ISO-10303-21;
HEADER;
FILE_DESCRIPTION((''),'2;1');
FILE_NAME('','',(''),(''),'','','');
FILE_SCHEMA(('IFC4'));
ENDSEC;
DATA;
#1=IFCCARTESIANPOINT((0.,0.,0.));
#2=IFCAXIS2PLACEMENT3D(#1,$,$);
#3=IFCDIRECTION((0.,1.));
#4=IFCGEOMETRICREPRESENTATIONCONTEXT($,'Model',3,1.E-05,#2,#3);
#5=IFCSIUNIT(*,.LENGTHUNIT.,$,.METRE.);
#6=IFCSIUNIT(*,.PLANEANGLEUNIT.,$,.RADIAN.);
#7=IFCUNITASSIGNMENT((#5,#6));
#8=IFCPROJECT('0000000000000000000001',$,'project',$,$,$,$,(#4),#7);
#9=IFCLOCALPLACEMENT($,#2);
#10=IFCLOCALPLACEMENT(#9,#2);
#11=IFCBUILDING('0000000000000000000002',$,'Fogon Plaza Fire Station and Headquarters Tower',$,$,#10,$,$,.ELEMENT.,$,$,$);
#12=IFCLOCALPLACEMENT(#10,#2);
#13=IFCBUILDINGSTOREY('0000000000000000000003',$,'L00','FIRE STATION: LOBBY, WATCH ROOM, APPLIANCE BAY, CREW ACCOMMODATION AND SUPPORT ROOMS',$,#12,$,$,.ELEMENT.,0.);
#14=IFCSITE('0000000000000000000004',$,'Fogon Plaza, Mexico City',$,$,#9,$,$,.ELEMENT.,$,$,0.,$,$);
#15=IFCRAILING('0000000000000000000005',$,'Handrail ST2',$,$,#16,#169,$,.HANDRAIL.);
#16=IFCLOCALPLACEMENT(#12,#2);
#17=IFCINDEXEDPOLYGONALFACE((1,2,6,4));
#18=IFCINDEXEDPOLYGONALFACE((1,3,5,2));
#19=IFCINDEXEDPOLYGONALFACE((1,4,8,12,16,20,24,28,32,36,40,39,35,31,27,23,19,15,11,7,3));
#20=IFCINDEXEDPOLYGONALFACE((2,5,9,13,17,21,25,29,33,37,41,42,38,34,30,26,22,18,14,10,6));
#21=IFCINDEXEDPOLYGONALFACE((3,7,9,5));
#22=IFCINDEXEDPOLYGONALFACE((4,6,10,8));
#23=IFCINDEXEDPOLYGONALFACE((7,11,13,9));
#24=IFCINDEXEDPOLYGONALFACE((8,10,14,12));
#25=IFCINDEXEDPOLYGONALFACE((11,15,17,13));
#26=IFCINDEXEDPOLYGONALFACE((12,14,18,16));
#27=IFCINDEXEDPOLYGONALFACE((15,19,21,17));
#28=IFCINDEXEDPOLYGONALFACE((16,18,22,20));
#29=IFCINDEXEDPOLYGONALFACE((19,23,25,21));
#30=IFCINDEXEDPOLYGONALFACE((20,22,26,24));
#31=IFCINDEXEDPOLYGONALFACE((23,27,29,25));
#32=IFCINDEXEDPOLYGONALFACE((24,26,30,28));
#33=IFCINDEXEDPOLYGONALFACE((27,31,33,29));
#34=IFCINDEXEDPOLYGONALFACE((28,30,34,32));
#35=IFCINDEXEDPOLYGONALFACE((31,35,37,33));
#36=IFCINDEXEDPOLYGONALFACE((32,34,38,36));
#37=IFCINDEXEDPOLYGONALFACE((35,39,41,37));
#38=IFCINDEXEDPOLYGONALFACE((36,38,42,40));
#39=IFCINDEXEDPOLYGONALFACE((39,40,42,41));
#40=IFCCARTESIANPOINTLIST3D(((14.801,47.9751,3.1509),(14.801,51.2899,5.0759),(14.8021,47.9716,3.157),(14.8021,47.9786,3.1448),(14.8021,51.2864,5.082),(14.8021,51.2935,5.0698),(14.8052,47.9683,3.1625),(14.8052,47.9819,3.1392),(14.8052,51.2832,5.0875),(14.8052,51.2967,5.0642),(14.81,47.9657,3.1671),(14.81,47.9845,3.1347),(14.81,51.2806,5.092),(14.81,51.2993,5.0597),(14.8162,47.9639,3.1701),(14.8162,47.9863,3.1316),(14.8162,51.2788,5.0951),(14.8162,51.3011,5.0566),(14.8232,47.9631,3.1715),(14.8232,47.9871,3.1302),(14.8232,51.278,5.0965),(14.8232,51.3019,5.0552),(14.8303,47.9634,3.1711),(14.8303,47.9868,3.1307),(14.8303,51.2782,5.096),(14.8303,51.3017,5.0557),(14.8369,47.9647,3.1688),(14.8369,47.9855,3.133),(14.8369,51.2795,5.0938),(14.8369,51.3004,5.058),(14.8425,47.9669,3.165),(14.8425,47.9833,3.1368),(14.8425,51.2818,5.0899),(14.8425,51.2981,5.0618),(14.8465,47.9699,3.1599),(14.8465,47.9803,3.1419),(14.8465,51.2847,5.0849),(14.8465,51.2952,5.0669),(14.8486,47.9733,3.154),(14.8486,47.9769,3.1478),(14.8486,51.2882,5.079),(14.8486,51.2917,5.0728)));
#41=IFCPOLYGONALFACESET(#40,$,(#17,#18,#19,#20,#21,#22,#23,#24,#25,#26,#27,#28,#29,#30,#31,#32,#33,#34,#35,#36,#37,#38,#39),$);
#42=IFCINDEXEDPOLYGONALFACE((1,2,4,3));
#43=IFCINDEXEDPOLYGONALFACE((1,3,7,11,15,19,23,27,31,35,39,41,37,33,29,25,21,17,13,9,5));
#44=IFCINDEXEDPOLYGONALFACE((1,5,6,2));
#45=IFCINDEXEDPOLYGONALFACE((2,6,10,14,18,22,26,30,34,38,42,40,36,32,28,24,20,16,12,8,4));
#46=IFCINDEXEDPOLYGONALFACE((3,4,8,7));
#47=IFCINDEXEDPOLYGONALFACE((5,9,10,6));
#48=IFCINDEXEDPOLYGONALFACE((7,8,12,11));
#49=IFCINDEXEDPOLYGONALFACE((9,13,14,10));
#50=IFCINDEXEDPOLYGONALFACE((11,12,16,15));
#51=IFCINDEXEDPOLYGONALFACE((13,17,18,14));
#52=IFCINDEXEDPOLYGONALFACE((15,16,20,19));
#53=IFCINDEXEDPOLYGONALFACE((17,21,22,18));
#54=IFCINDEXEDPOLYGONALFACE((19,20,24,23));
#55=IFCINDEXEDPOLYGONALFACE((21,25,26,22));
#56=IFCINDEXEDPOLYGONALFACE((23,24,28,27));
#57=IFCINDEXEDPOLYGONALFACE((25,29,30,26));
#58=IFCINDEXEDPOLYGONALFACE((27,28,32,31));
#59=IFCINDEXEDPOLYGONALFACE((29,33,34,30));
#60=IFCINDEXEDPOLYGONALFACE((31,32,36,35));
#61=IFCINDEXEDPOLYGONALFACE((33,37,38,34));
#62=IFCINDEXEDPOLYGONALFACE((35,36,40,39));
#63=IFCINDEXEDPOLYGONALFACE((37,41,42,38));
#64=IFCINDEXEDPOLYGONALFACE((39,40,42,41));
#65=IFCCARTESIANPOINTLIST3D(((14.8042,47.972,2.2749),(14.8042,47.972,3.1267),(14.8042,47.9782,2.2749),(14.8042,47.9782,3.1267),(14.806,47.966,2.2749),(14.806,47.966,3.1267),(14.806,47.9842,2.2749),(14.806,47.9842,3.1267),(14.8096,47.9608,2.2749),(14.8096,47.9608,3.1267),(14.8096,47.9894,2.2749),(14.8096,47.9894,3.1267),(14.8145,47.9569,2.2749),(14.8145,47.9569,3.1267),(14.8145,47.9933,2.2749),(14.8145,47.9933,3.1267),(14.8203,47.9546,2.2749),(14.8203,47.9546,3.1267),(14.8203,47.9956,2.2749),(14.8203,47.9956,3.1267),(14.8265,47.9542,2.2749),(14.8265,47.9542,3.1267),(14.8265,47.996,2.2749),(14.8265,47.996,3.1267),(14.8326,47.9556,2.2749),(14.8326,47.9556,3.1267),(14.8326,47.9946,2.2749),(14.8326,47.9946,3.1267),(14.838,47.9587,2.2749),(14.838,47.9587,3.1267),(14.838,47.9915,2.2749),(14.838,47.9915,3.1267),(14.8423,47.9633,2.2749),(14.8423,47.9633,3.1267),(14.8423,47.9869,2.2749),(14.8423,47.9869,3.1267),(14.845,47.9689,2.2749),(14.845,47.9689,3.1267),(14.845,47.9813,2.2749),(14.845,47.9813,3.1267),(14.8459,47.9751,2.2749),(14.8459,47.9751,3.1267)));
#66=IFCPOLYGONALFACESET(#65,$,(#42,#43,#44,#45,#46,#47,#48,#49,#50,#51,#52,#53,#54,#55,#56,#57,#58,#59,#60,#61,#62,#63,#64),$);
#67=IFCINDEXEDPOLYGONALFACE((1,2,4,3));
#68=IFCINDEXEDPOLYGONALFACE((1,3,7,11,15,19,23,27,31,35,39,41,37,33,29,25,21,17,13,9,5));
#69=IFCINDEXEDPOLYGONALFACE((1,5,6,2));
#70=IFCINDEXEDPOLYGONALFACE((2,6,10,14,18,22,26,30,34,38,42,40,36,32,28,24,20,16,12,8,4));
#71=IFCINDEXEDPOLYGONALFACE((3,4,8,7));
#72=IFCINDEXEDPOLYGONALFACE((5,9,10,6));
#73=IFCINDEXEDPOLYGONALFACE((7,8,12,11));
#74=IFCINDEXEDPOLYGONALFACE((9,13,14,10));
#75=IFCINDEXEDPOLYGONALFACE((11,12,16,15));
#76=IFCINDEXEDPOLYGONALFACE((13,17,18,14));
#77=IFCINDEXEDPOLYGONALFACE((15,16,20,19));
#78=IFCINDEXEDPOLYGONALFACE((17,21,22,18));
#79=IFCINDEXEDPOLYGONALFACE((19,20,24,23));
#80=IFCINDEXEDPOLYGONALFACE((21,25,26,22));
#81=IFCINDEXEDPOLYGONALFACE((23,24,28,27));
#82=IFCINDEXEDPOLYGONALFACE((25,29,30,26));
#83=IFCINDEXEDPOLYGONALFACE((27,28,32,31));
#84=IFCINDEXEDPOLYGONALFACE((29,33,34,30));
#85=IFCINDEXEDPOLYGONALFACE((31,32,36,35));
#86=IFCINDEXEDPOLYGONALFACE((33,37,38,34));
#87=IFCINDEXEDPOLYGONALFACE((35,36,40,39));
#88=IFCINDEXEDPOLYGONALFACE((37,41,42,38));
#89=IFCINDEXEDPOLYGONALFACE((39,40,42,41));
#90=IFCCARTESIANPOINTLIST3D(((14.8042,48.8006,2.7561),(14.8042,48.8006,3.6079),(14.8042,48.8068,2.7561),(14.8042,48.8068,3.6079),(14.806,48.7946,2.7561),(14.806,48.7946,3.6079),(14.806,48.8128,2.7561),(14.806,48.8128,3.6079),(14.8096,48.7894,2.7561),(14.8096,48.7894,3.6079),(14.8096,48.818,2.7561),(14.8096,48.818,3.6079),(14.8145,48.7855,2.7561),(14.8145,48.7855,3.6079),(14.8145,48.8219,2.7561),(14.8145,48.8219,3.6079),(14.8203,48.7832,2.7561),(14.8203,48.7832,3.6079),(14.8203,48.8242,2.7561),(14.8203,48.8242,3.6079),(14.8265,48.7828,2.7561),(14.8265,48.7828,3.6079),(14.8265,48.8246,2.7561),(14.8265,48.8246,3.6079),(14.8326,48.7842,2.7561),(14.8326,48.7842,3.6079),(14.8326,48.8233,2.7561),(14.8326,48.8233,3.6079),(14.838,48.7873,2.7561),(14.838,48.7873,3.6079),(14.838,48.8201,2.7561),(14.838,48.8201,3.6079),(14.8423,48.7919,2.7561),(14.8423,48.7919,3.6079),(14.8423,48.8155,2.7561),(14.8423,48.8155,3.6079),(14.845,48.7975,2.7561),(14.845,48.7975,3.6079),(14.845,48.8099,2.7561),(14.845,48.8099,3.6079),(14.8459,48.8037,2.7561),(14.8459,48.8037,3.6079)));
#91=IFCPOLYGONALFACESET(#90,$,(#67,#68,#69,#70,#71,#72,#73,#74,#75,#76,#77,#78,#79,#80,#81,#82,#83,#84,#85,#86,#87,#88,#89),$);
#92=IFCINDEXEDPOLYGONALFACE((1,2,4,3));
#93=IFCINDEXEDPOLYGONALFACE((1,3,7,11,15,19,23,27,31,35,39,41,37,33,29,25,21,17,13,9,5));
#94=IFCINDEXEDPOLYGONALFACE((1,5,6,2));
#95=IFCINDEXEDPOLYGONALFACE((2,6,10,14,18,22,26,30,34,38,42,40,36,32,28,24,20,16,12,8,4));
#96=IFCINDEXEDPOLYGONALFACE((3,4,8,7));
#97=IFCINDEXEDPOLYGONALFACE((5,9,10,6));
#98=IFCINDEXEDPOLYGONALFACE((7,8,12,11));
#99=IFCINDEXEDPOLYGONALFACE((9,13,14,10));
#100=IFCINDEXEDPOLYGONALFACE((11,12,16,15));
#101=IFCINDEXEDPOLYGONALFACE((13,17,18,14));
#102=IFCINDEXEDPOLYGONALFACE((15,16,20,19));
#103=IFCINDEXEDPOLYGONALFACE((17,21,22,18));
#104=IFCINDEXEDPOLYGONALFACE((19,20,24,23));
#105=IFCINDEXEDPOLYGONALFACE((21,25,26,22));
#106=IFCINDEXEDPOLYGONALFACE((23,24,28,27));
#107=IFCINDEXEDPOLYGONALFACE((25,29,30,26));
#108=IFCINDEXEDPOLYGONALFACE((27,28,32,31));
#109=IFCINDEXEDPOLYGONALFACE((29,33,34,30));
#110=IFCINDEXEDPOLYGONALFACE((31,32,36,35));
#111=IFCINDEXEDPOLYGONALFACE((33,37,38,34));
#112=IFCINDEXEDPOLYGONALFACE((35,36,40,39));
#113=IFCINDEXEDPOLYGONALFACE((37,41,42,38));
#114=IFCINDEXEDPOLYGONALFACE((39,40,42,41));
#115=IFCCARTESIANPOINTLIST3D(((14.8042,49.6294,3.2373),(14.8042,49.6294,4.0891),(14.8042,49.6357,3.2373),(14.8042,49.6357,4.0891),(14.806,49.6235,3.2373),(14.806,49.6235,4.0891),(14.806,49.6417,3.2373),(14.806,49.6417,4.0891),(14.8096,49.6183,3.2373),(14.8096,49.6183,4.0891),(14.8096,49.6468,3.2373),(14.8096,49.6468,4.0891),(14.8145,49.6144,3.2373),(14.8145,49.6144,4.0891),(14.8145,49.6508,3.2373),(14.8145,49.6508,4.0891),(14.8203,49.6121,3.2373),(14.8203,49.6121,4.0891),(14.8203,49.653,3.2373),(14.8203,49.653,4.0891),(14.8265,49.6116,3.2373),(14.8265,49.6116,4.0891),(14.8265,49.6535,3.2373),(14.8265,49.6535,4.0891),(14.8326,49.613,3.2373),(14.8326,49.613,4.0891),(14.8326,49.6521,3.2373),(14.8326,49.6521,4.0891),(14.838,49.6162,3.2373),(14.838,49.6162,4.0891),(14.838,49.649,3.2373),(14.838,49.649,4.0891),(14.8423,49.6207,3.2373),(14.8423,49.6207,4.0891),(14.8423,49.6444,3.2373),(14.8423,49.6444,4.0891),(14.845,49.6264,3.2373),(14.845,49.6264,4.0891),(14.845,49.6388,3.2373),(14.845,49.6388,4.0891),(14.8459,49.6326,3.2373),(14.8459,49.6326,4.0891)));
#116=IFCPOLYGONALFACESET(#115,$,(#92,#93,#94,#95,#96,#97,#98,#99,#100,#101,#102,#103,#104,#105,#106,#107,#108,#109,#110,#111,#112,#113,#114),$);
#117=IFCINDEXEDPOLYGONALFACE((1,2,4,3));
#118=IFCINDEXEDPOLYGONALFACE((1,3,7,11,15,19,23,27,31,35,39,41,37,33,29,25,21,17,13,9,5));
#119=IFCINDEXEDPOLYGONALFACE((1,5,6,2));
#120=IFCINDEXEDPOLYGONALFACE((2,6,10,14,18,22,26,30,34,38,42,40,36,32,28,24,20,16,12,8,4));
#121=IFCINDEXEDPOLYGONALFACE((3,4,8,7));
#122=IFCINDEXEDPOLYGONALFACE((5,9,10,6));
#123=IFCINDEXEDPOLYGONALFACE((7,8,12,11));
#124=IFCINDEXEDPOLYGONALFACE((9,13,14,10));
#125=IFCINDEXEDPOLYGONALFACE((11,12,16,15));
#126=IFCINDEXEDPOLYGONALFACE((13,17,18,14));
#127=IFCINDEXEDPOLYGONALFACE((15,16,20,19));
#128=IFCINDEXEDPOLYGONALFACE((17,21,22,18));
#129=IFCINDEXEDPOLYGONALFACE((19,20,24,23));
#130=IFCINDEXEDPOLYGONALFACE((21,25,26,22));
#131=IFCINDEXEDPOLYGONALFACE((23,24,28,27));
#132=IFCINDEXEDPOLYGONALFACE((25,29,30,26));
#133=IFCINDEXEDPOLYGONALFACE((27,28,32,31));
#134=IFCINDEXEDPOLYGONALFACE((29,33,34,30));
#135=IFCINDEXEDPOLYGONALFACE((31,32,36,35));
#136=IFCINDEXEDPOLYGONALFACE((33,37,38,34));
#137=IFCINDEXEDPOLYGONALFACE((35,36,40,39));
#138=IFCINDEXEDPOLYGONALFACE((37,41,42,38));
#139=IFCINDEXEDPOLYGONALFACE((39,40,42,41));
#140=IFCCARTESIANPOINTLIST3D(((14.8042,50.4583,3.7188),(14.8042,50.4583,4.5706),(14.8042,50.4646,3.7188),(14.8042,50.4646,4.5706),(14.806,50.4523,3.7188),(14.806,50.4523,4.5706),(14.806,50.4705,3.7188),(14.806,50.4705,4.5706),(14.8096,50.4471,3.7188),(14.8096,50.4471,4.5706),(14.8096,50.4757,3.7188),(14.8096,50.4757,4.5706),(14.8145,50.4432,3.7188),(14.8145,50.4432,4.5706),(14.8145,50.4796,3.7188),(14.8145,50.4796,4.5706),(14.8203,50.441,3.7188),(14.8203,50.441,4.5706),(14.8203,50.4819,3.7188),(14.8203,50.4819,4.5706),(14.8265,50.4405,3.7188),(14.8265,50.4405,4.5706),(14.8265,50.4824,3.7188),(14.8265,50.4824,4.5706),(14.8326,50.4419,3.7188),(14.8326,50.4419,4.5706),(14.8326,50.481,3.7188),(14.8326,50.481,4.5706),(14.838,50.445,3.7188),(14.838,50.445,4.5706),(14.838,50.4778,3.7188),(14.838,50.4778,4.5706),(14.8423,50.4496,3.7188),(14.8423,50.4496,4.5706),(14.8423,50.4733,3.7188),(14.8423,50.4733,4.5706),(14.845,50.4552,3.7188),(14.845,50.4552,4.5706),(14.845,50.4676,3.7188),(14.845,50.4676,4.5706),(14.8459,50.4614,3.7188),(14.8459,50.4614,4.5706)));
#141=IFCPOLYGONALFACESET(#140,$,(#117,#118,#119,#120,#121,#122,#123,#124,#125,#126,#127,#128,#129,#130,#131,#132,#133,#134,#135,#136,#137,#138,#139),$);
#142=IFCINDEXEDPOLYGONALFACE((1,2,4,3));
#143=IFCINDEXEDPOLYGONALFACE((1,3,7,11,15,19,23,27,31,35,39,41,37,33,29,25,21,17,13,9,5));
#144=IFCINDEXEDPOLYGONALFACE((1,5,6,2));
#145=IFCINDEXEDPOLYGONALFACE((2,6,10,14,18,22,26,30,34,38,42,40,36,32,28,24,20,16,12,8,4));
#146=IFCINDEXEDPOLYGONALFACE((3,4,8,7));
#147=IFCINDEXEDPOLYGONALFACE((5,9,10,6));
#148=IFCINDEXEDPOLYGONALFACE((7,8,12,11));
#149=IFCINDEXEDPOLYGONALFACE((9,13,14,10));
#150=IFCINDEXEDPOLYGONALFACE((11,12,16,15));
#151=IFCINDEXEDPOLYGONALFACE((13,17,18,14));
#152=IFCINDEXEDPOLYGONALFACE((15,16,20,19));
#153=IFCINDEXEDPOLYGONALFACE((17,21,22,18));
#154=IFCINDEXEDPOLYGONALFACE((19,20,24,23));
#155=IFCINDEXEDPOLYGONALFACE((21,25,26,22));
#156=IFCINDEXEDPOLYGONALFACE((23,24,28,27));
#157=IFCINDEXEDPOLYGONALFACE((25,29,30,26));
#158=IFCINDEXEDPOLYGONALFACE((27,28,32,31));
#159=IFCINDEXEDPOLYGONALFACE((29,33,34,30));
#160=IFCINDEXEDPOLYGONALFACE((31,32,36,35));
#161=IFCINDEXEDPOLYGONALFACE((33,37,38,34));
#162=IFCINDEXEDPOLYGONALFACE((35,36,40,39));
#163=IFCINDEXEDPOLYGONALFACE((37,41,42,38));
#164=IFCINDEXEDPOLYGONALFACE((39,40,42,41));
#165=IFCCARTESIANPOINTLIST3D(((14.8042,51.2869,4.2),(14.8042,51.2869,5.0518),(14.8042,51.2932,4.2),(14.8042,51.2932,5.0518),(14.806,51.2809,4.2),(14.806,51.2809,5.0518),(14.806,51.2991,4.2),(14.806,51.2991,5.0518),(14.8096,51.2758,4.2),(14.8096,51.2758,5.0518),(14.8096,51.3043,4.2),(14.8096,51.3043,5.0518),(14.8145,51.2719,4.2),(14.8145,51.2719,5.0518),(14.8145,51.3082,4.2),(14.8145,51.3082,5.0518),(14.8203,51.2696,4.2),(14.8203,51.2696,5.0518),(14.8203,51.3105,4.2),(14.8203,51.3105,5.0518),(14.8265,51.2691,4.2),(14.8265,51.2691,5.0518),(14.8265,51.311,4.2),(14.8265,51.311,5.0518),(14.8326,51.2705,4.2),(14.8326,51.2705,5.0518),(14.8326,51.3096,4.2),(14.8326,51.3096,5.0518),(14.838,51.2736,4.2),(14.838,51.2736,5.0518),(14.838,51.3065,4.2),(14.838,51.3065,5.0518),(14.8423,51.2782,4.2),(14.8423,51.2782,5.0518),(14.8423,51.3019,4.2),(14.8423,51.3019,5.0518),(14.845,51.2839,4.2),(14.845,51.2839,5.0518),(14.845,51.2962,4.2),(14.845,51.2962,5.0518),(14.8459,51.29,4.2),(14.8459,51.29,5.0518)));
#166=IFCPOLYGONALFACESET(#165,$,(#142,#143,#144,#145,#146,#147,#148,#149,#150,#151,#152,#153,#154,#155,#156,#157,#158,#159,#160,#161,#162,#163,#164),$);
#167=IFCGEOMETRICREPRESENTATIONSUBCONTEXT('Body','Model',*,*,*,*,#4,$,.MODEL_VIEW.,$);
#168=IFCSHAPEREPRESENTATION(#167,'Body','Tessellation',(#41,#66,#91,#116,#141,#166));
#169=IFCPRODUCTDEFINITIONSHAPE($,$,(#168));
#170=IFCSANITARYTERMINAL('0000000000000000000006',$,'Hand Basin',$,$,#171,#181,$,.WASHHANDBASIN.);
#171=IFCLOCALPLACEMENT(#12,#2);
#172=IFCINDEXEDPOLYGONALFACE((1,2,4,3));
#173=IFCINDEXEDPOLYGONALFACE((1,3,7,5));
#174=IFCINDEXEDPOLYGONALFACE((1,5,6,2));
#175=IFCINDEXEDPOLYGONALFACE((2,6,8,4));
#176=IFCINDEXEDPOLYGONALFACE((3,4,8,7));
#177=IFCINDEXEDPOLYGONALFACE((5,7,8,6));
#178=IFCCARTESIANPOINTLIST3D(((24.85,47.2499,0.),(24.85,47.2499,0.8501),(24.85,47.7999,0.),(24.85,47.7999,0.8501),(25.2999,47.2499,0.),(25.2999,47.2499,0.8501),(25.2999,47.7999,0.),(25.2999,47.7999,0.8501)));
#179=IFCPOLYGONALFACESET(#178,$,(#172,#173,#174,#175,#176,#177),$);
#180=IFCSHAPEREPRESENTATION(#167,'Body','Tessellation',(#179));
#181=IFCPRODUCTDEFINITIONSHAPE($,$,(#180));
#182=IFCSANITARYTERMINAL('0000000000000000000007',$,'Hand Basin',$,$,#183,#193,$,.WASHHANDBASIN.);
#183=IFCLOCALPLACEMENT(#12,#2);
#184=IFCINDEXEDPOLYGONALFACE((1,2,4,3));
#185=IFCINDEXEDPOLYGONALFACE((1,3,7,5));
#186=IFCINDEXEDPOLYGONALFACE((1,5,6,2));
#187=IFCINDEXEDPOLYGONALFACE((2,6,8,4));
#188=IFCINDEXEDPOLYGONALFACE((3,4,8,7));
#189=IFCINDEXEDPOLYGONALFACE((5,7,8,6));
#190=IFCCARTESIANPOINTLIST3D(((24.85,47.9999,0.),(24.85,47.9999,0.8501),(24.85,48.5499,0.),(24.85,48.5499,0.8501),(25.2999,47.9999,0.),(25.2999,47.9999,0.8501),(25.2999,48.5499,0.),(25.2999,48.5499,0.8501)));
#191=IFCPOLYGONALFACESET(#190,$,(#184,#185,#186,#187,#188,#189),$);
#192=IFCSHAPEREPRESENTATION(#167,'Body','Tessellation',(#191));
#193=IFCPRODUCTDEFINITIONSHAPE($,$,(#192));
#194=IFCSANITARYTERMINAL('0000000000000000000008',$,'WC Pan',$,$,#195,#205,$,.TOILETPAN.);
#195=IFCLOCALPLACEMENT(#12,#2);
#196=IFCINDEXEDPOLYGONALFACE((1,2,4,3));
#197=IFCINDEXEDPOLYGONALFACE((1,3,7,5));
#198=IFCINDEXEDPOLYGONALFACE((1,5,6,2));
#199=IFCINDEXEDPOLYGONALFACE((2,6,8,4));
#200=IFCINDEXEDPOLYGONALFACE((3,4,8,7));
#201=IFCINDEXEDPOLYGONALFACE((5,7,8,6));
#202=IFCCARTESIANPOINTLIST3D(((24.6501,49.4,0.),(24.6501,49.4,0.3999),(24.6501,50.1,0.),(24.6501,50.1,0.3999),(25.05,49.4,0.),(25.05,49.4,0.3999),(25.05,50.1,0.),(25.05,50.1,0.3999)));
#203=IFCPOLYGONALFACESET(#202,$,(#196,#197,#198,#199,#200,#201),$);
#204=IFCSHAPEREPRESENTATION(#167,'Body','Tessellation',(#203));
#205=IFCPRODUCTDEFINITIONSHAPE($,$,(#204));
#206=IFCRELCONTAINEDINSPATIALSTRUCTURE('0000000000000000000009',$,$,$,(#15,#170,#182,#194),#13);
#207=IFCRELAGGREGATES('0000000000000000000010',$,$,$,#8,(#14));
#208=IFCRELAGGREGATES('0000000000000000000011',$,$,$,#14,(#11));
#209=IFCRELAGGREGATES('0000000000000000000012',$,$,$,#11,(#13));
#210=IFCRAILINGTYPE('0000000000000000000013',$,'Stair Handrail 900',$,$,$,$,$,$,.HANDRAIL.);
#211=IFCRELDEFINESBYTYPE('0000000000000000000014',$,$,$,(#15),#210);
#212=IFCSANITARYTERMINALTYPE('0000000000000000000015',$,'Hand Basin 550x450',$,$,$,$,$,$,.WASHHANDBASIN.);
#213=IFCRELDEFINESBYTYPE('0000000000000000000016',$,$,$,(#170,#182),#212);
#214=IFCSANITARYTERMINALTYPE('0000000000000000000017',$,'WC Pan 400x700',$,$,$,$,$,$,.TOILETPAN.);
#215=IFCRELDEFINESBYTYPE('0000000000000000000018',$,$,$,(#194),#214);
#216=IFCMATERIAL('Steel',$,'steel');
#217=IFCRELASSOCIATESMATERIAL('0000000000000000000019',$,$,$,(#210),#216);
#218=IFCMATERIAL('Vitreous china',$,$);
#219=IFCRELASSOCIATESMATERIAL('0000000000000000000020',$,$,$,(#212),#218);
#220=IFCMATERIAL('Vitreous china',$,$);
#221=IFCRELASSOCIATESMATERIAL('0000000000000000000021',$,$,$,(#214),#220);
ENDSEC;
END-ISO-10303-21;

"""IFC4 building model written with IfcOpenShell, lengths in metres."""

from ifc_helpers import new_model, si_unit, direction, frame, origin, origin_2d, place, context, subcontext, project, spatial, rectangle, circle, extrude, material, type_object, element, save


model = new_model("IFC4")

# Units and contexts
model_context = context("Model", 3, precision=1e-05, world=origin(), true_north=direction((0.0, 1.0)))
body_context = subcontext(model_context, "Body", "Model", "MODEL_VIEW")
ifc_project = project(units=[si_unit("LENGTHUNIT", "METRE"), si_unit("PLANEANGLEUNIT", "RADIAN")], contexts=[model_context])

# Site, building, storey
site_placement = place(None, origin())
site = spatial("IfcSite", under=ifc_project, at=site_placement, Name="Fogon Plaza, Mexico City", CompositionType="ELEMENT", RefElevation=0.0)
building_placement = place(site_placement, origin())
building = spatial("IfcBuilding", under=site, at=building_placement, Name="Fogon Plaza Fire Station and Headquarters Tower", CompositionType="ELEMENT")
storey_placement = place(building_placement, origin())
storey = spatial("IfcBuildingStorey", under=building, at=storey_placement, Name="L00", Description="FIRE STATION: LOBBY, WATCH ROOM, APPLIANCE BAY, CREW ACCOMMODATION AND SUPPORT ROOMS", CompositionType="ELEMENT", Elevation=0.0)

# Railing
ifc_material_1 = material(Name="Steel", Category="steel")
railing_type = type_object("IfcRailingType", Name="Stair Handrail 900", PredefinedType="HANDRAIL", material=ifc_material_1)
for number, where, name in (
    (1, (14.825, 47.9751, 2.2749), "Handrail ST2"),
):
    element("IfcRailing", number, at=place(storey_placement, frame(where)), inside=storey, type_object=railing_type, Name=name, PredefinedType="HANDRAIL", context=body_context, shape_type="SweptSolid", body=[
        extrude(circle(Radius=0.0239, at=origin_2d()), frame((0.0, 0.0, 0.876), z_axis=(0.0, 0.864761, 0.502183), x_axis=(-1.0, 0.0, 0.0)), (0.0, 0.0, 1.0), 3.8333),
        extrude(circle(Radius=0.021, at=origin_2d()), origin(), (0.0, 0.0, 1.0), 0.8518),
        extrude(circle(Radius=0.021, at=origin_2d()), frame((0.0, 0.8286, 0.4812)), (0.0, 0.0, 1.0), 0.8518),
        extrude(circle(Radius=0.021, at=origin_2d()), frame((0.0, 1.6575, 0.9624)), (0.0, 0.0, 1.0), 0.8518),
        extrude(circle(Radius=0.021, at=origin_2d()), frame((0.0, 2.4863, 1.4438)), (0.0, 0.0, 1.0), 0.8518),
        extrude(circle(Radius=0.021, at=origin_2d()), frame((0.0, 3.3149, 1.925)), (0.0, 0.0, 1.0), 0.8518),
    ])

# Sanitary terminals
ifc_material_2 = material(Name="Vitreous china")
sanitary_terminal_type_1 = type_object("IfcSanitaryTerminalType", Name="Hand Basin 550x450", PredefinedType="WASHHANDBASIN", material=ifc_material_2)
for number, where, z_axis, x_axis, name in (
    (2, (25.075, 47.5249, 0.0), (0.0, 0.0, 1.0), (1.0, 0.0, 0.0), "Hand Basin"),
    (3, (25.075, 48.2749, 0.0), (0.0, 0.0, 1.0), (1.0, 0.0, 0.0), "Hand Basin"),
):
    element("IfcSanitaryTerminal", number, at=place(storey_placement, frame(where, z_axis=z_axis, x_axis=x_axis)), inside=storey, type_object=sanitary_terminal_type_1, Name=name, PredefinedType="WASHHANDBASIN", context=body_context, shape_type="SweptSolid", body=[
        extrude(rectangle(XDim=0.45, YDim=0.55, at=origin_2d()), origin(), (0.0, 0.0, 1.0), 0.8501),
    ])
ifc_material_3 = material(Name="Vitreous china")
sanitary_terminal_type_2 = type_object("IfcSanitaryTerminalType", Name="WC Pan 400x700", PredefinedType="TOILETPAN", material=ifc_material_3)
for number, where, z_axis, x_axis, name in (
    (4, (24.8501, 49.75, 0.0), (0.0, 0.0, 1.0), (1.0, 0.0, 0.0), "WC Pan"),
):
    element("IfcSanitaryTerminal", number, at=place(storey_placement, frame(where, z_axis=z_axis, x_axis=x_axis)), inside=storey, type_object=sanitary_terminal_type_2, Name=name, PredefinedType="TOILETPAN", context=body_context, shape_type="SweptSolid", body=[
        extrude(rectangle(XDim=0.3999, YDim=0.7, at=origin_2d()), origin(), (0.0, 0.0, 1.0), 0.3999),
    ])

save(model, "model.ifc")
